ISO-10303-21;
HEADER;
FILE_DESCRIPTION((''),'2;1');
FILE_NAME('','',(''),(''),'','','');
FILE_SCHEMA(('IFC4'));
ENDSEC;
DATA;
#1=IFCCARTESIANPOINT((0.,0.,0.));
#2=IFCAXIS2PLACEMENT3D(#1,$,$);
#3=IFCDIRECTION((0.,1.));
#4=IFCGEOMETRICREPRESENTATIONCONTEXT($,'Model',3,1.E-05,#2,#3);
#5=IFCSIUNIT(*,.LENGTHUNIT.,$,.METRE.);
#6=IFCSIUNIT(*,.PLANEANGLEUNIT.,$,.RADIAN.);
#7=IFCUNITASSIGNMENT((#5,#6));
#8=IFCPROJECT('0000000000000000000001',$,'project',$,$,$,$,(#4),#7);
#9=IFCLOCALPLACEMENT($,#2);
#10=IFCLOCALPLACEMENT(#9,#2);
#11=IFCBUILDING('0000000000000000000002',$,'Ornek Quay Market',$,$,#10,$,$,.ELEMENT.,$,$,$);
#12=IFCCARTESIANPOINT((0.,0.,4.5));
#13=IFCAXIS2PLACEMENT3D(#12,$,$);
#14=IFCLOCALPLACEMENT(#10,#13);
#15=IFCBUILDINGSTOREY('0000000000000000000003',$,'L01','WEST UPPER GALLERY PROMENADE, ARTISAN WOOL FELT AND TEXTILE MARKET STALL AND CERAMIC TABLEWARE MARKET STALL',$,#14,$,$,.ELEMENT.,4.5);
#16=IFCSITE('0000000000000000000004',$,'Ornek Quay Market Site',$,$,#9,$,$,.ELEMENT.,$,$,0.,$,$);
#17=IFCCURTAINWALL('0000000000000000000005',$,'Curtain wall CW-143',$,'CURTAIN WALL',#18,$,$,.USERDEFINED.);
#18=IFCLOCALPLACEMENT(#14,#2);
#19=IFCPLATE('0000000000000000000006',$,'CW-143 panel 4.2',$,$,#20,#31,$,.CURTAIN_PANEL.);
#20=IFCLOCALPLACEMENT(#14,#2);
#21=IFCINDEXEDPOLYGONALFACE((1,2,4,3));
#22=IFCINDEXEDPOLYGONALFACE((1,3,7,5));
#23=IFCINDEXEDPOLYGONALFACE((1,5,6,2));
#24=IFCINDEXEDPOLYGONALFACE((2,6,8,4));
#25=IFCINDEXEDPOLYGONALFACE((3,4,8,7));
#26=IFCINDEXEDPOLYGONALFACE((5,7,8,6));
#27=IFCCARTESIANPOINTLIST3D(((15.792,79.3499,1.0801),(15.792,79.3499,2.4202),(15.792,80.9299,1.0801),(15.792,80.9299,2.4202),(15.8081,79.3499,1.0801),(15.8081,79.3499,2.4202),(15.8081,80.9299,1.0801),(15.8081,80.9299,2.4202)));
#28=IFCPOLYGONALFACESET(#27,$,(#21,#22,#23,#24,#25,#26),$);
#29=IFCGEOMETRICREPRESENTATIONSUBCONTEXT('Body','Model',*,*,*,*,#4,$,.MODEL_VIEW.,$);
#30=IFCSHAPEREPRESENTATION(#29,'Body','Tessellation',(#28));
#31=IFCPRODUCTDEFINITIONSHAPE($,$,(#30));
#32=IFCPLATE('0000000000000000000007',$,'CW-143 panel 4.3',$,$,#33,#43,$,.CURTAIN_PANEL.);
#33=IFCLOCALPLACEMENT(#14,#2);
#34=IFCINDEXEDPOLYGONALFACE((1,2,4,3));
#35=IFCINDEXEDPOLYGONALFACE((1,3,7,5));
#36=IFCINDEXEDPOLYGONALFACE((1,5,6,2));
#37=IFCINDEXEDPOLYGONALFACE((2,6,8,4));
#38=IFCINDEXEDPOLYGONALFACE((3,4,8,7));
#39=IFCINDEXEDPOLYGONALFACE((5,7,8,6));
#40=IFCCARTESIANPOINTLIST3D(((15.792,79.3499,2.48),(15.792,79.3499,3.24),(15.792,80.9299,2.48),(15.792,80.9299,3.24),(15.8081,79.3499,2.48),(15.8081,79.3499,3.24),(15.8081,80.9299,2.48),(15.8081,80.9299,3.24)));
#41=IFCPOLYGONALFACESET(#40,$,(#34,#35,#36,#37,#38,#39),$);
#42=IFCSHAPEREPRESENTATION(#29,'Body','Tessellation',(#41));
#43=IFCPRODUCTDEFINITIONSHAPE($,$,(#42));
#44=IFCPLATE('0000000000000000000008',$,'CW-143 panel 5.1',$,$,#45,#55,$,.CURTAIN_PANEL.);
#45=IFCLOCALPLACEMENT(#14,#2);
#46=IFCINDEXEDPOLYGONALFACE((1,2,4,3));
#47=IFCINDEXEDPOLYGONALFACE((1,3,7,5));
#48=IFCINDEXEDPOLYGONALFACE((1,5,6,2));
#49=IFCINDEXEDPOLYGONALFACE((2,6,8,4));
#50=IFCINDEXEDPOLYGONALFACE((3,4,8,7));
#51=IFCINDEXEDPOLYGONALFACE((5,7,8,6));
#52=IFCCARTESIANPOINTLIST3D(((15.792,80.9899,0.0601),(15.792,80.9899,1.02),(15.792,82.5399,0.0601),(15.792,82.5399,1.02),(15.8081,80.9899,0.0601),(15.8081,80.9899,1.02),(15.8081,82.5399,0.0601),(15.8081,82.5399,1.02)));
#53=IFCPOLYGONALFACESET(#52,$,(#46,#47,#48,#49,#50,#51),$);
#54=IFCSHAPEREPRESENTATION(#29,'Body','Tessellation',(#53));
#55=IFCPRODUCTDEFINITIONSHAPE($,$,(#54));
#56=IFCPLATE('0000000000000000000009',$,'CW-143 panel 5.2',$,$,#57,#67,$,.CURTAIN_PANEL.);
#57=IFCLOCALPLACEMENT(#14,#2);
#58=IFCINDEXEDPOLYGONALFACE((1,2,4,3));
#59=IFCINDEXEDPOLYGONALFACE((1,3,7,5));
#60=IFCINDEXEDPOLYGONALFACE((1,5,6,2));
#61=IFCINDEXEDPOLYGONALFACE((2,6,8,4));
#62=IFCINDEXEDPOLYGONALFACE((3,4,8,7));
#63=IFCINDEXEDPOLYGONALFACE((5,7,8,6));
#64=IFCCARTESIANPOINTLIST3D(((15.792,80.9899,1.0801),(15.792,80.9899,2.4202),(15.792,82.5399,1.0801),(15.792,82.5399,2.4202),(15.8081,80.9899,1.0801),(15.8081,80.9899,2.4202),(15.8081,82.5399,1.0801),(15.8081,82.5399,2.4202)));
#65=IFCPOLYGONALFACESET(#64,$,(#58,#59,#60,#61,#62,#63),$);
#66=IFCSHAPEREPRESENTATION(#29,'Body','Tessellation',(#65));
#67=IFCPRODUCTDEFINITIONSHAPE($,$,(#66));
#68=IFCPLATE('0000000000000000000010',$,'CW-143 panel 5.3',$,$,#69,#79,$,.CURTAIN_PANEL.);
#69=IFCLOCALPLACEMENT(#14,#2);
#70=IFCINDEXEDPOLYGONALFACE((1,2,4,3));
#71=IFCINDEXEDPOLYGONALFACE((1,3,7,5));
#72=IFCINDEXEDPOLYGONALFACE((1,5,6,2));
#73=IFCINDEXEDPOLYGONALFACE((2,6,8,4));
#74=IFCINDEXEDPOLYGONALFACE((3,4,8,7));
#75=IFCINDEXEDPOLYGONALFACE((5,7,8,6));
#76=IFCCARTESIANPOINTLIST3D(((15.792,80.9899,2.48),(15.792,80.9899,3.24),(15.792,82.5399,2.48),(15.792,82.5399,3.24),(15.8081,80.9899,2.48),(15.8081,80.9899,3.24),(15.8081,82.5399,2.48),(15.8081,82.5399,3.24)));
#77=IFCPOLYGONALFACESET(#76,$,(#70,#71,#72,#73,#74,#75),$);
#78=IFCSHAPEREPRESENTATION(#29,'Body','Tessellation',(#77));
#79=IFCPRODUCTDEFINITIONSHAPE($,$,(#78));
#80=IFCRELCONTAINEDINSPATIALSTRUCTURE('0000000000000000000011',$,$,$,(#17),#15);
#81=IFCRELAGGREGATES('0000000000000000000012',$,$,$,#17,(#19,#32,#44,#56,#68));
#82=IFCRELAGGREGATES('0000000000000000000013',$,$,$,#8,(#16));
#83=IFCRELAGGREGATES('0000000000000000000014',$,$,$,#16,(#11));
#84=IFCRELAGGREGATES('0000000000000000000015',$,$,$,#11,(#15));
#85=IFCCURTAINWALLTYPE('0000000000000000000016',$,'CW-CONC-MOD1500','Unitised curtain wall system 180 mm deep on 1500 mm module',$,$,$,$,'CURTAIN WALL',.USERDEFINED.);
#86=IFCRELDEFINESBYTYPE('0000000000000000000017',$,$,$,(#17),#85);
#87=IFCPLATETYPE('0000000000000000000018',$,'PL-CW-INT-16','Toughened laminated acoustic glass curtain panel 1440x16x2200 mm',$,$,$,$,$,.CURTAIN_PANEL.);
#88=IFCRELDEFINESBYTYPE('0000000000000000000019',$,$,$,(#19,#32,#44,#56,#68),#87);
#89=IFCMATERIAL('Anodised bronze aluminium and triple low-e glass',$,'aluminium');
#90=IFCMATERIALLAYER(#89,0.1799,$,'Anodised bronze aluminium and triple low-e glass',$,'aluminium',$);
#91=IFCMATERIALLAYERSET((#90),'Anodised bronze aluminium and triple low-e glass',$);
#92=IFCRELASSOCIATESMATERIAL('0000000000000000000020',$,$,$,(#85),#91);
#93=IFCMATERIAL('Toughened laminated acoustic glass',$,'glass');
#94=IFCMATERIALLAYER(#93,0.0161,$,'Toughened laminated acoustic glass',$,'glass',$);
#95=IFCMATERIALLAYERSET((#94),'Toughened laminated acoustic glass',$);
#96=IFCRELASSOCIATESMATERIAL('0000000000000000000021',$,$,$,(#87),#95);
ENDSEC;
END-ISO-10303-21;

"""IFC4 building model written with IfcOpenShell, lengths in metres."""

from ifc_helpers import new_model, si_unit, direction, frame, origin, origin_2d, place, context, subcontext, project, spatial, rectangle, extrude, material, layer, layer_set, type_object, element, aggregate, save


model = new_model("IFC4")

# Units and contexts
model_context = context("Model", 3, precision=1e-05, world=origin(), true_north=direction((0.0, 1.0)))
body_context = subcontext(model_context, "Body", "Model", "MODEL_VIEW")
ifc_project = project(units=[si_unit("LENGTHUNIT", "METRE"), si_unit("PLANEANGLEUNIT", "RADIAN")], contexts=[model_context])

# Site, building, storey
site_placement = place(None, origin())
site = spatial("IfcSite", under=ifc_project, at=site_placement, Name="Ornek Quay Market Site", CompositionType="ELEMENT", RefElevation=0.0)
building_placement = place(site_placement, origin())
building = spatial("IfcBuilding", under=site, at=building_placement, Name="Ornek Quay Market", CompositionType="ELEMENT")
storey_placement = place(building_placement, frame((0.0, 0.0, 4.5)))
storey = spatial("IfcBuildingStorey", under=building, at=storey_placement, Name="L01", Description="WEST UPPER GALLERY PROMENADE, ARTISAN WOOL FELT AND TEXTILE MARKET STALL AND CERAMIC TABLEWARE MARKET STALL", CompositionType="ELEMENT", Elevation=4.5)

# Curtain wall
ifc_material_1 = material(Name="Anodised bronze aluminium and triple low-e glass", Category="aluminium")
ifc_layer_1 = layer(ifc_material_1, 0.1799, Name="Anodised bronze aluminium and triple low-e glass", Category="aluminium")
ifc_layer_set_1 = layer_set([ifc_layer_1], Name="Anodised bronze aluminium and triple low-e glass")
curtain_wall_type = type_object("IfcCurtainWallType", Name="CW-CONC-MOD1500", Description="Unitised curtain wall system 180 mm deep on 1500 mm module", ElementType="CURTAIN WALL", PredefinedType="USERDEFINED", material=ifc_layer_set_1)
curtain_wall_1_placement = place(storey_placement, origin())
curtain_wall_1 = element("IfcCurtainWall", 1, at=curtain_wall_1_placement, inside=storey, type_object=curtain_wall_type, Name="Curtain wall CW-143", ObjectType="CURTAIN WALL", PredefinedType="USERDEFINED")

# Plates
ifc_material_2 = material(Name="Toughened laminated acoustic glass", Category="glass")
ifc_layer_2 = layer(ifc_material_2, 0.0161, Name="Toughened laminated acoustic glass", Category="glass")
ifc_layer_set_2 = layer_set([ifc_layer_2], Name="Toughened laminated acoustic glass")
plate_type = type_object("IfcPlateType", Name="PL-CW-INT-16", Description="Toughened laminated acoustic glass curtain panel 1440x16x2200 mm", PredefinedType="CURTAIN_PANEL", material=ifc_layer_set_2)
plate_1_placement = place(storey_placement, frame((15.8, 80.1399, 1.0801), z_axis=(0.0, 0.0, 1.0), x_axis=(0.0, 1.0, 0.0)))
plate_1 = element("IfcPlate", 2, at=plate_1_placement, type_object=plate_type, Name="CW-143 panel 4.2", PredefinedType="CURTAIN_PANEL", context=body_context, shape_type="SweptSolid", body=[
    extrude(rectangle(XDim=1.5801, YDim=0.0161, at=origin_2d()), origin(), (0.0, 0.0, 1.0), 1.3401),
])
plate_2_placement = place(storey_placement, frame((15.8, 80.1399, 2.48), z_axis=(0.0, 0.0, 1.0), x_axis=(0.0, 1.0, 0.0)))
plate_2 = element("IfcPlate", 3, at=plate_2_placement, type_object=plate_type, Name="CW-143 panel 4.3", PredefinedType="CURTAIN_PANEL", context=body_context, shape_type="SweptSolid", body=[
    extrude(rectangle(XDim=1.5801, YDim=0.0161, at=origin_2d()), origin(), (0.0, 0.0, 1.0), 0.76),
])
plate_3_placement = place(storey_placement, frame((15.8, 81.7649, 0.0601), z_axis=(0.0, 0.0, 1.0), x_axis=(0.0, 1.0, 0.0)))
plate_3 = element("IfcPlate", 4, at=plate_3_placement, type_object=plate_type, Name="CW-143 panel 5.1", PredefinedType="CURTAIN_PANEL", context=body_context, shape_type="SweptSolid", body=[
    extrude(rectangle(XDim=1.55, YDim=0.0161, at=origin_2d()), origin(), (0.0, 0.0, 1.0), 0.96),
])
plate_4_placement = place(storey_placement, frame((15.8, 81.7649, 1.0801), z_axis=(0.0, 0.0, 1.0), x_axis=(0.0, 1.0, 0.0)))
plate_4 = element("IfcPlate", 5, at=plate_4_placement, type_object=plate_type, Name="CW-143 panel 5.2", PredefinedType="CURTAIN_PANEL", context=body_context, shape_type="SweptSolid", body=[
    extrude(rectangle(XDim=1.55, YDim=0.0161, at=origin_2d()), origin(), (0.0, 0.0, 1.0), 1.3401),
])
plate_5_placement = place(storey_placement, frame((15.8, 81.7649, 2.48), z_axis=(0.0, 0.0, 1.0), x_axis=(0.0, 1.0, 0.0)))
plate_5 = element("IfcPlate", 6, at=plate_5_placement, type_object=plate_type, Name="CW-143 panel 5.3", PredefinedType="CURTAIN_PANEL", context=body_context, shape_type="SweptSolid", body=[
    extrude(rectangle(XDim=1.55, YDim=0.0161, at=origin_2d()), origin(), (0.0, 0.0, 1.0), 0.76),
])
aggregate(curtain_wall_1, [plate_1, plate_2, plate_3, plate_4, plate_5])

save(model, "model.ifc")
